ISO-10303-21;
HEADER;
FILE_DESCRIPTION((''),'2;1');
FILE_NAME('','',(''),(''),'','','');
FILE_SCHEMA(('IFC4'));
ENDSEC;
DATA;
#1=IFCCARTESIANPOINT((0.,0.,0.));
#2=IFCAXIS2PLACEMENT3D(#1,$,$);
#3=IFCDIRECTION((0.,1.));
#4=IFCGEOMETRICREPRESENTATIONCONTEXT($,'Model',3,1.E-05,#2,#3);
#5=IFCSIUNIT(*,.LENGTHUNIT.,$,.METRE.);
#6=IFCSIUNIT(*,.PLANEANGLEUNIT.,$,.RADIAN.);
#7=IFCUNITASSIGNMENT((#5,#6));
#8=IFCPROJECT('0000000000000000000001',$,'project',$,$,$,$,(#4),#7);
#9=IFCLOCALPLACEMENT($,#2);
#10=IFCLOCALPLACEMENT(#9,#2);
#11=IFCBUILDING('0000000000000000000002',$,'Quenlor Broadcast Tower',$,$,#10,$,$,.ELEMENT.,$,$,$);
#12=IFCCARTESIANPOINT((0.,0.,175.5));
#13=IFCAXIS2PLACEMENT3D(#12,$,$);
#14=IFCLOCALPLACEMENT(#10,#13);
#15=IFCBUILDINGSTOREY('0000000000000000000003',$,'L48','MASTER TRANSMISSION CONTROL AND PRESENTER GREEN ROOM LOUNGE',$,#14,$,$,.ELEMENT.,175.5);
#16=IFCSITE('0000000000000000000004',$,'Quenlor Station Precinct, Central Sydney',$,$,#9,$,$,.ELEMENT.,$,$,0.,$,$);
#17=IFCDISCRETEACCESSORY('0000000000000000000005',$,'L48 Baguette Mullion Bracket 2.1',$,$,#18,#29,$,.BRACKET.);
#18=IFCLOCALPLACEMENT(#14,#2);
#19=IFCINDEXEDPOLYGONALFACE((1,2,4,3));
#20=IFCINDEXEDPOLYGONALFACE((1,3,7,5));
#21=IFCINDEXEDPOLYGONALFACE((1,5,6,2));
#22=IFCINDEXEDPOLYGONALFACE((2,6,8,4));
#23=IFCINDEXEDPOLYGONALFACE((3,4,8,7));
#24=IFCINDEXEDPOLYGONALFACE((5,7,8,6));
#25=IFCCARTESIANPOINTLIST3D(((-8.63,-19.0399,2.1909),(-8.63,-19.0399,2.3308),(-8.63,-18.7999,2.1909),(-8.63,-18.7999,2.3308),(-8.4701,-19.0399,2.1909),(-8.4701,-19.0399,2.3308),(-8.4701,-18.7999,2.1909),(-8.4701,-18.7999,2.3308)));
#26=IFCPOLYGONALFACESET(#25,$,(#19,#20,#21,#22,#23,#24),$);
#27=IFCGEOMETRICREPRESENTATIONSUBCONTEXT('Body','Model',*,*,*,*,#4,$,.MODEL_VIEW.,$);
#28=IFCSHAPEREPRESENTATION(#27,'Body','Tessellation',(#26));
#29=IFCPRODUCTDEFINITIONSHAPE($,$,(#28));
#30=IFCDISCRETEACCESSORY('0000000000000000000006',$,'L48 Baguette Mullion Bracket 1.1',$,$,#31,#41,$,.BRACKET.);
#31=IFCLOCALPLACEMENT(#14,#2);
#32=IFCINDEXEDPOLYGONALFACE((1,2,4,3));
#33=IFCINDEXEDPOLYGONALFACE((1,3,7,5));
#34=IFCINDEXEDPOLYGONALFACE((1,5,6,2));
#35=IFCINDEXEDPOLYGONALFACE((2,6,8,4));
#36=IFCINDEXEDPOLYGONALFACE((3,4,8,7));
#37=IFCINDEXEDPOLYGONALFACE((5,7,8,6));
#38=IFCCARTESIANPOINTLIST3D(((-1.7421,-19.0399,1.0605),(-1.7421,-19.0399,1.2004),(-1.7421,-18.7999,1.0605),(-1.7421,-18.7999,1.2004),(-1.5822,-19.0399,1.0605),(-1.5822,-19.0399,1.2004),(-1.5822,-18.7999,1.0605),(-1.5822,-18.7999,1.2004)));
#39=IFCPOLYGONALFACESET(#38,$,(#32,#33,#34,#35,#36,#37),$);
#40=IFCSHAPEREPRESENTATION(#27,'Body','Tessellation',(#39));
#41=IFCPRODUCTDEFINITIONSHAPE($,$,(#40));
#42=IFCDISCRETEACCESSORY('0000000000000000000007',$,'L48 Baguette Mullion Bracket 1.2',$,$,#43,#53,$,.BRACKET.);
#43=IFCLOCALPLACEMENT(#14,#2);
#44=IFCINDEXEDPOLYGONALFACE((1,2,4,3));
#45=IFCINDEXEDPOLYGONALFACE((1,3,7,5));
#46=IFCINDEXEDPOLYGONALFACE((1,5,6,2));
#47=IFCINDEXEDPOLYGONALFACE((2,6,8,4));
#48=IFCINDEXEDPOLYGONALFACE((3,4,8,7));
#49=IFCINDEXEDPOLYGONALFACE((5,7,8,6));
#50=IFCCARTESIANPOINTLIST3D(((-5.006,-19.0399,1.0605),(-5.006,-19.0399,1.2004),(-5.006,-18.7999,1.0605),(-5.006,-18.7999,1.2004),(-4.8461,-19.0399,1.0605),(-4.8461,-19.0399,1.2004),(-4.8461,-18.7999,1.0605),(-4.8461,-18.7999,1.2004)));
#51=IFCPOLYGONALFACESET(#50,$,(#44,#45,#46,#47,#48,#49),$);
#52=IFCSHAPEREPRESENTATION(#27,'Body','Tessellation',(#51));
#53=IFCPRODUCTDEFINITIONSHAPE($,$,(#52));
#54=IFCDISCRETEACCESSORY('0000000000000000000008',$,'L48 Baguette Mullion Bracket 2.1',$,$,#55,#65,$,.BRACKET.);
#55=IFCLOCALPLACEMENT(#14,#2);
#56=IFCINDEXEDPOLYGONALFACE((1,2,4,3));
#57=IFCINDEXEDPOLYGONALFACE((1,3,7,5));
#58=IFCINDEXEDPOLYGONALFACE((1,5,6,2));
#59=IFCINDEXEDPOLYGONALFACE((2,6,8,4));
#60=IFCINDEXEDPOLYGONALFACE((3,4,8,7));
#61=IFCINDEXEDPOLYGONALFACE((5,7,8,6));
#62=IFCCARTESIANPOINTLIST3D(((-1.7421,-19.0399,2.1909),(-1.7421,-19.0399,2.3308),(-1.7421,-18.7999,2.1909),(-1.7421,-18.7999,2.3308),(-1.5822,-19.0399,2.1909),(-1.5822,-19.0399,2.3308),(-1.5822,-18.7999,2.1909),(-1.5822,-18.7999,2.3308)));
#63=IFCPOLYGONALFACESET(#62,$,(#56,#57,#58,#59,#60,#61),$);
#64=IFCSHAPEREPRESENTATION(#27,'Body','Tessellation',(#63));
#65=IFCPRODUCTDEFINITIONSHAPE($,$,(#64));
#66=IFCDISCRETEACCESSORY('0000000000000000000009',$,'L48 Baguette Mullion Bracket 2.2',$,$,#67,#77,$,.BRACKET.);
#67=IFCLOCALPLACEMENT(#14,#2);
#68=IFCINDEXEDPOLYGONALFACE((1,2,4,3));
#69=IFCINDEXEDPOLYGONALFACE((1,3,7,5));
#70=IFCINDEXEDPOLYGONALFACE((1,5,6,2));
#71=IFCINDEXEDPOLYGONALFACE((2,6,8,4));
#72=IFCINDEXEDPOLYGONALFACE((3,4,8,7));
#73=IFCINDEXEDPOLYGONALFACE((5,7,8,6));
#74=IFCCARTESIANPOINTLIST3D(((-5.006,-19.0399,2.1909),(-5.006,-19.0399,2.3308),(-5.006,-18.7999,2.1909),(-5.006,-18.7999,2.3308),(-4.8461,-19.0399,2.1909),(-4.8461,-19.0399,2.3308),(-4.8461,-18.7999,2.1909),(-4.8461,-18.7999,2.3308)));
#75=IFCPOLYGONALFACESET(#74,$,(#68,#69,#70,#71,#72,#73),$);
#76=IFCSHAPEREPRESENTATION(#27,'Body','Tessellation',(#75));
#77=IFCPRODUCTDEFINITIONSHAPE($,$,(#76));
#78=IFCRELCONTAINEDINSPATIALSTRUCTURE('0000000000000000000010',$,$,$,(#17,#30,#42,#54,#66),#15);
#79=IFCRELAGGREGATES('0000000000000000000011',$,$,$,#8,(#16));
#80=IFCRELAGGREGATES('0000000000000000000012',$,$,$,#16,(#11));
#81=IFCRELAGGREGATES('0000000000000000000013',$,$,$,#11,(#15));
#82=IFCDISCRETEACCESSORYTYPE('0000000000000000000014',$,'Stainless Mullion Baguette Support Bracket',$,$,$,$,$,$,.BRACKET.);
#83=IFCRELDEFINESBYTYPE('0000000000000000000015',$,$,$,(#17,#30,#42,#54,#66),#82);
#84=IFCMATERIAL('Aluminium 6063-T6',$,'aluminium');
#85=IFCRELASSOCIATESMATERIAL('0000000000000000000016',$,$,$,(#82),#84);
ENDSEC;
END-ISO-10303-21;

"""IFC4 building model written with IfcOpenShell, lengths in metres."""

from ifc_helpers import new_model, si_unit, direction, frame, origin, origin_2d, place, context, subcontext, project, spatial, rectangle, extrude, material, type_object, element, save


model = new_model("IFC4")

# Units and contexts
model_context = context("Model", 3, precision=1e-05, world=origin(), true_north=direction((0.0, 1.0)))
body_context = subcontext(model_context, "Body", "Model", "MODEL_VIEW")
ifc_project = project(units=[si_unit("LENGTHUNIT", "METRE"), si_unit("PLANEANGLEUNIT", "RADIAN")], contexts=[model_context])

# Site, building, storey
site_placement = place(None, origin())
site = spatial("IfcSite", under=ifc_project, at=site_placement, Name="Quenlor Station Precinct, Central Sydney", CompositionType="ELEMENT", RefElevation=0.0)
building_placement = place(site_placement, origin())
building = spatial("IfcBuilding", under=site, at=building_placement, Name="Quenlor Broadcast Tower", CompositionType="ELEMENT")
storey_placement = place(building_placement, frame((0.0, 0.0, 175.5)))
storey = spatial("IfcBuildingStorey", under=building, at=storey_placement, Name="L48", Description="MASTER TRANSMISSION CONTROL AND PRESENTER GREEN ROOM LOUNGE", CompositionType="ELEMENT", Elevation=175.5)

# Discrete accessories
ifc_material_1 = material(Name="Aluminium 6063-T6", Category="aluminium")
discrete_accessory_type = type_object("IfcDiscreteAccessoryType", Name="Stainless Mullion Baguette Support Bracket", PredefinedType="BRACKET", material=ifc_material_1)
for number, where, z_axis, x_axis, name in (
    (1, (-8.55, -18.9199, 2.1909), (0.0, 0.0, 1.0), (-1.0, 0.0, 0.0), "L48 Baguette Mullion Bracket 2.1"),
    (2, (-1.6621, -18.9199, 1.0605), (0.0, 0.0, 1.0), (-1.0, 0.0, 0.0), "L48 Baguette Mullion Bracket 1.1"),
    (3, (-4.926, -18.9199, 1.0605), (0.0, 0.0, 1.0), (-1.0, 0.0, 0.0), "L48 Baguette Mullion Bracket 1.2"),
    (4, (-1.6621, -18.9199, 2.1909), (0.0, 0.0, 1.0), (-1.0, 0.0, 0.0), "L48 Baguette Mullion Bracket 2.1"),
    (5, (-4.926, -18.9199, 2.1909), (0.0, 0.0, 1.0), (-1.0, 0.0, 0.0), "L48 Baguette Mullion Bracket 2.2"),
):
    element("IfcDiscreteAccessory", number, at=place(storey_placement, frame(where, z_axis=z_axis, x_axis=x_axis)), inside=storey, type_object=discrete_accessory_type, Name=name, PredefinedType="BRACKET", context=body_context, shape_type="SweptSolid", body=[
        extrude(rectangle(XDim=0.1599, YDim=0.24, at=origin_2d()), origin(), (0.0, 0.0, 1.0), 0.1399),
    ])

save(model, "model.ifc")
